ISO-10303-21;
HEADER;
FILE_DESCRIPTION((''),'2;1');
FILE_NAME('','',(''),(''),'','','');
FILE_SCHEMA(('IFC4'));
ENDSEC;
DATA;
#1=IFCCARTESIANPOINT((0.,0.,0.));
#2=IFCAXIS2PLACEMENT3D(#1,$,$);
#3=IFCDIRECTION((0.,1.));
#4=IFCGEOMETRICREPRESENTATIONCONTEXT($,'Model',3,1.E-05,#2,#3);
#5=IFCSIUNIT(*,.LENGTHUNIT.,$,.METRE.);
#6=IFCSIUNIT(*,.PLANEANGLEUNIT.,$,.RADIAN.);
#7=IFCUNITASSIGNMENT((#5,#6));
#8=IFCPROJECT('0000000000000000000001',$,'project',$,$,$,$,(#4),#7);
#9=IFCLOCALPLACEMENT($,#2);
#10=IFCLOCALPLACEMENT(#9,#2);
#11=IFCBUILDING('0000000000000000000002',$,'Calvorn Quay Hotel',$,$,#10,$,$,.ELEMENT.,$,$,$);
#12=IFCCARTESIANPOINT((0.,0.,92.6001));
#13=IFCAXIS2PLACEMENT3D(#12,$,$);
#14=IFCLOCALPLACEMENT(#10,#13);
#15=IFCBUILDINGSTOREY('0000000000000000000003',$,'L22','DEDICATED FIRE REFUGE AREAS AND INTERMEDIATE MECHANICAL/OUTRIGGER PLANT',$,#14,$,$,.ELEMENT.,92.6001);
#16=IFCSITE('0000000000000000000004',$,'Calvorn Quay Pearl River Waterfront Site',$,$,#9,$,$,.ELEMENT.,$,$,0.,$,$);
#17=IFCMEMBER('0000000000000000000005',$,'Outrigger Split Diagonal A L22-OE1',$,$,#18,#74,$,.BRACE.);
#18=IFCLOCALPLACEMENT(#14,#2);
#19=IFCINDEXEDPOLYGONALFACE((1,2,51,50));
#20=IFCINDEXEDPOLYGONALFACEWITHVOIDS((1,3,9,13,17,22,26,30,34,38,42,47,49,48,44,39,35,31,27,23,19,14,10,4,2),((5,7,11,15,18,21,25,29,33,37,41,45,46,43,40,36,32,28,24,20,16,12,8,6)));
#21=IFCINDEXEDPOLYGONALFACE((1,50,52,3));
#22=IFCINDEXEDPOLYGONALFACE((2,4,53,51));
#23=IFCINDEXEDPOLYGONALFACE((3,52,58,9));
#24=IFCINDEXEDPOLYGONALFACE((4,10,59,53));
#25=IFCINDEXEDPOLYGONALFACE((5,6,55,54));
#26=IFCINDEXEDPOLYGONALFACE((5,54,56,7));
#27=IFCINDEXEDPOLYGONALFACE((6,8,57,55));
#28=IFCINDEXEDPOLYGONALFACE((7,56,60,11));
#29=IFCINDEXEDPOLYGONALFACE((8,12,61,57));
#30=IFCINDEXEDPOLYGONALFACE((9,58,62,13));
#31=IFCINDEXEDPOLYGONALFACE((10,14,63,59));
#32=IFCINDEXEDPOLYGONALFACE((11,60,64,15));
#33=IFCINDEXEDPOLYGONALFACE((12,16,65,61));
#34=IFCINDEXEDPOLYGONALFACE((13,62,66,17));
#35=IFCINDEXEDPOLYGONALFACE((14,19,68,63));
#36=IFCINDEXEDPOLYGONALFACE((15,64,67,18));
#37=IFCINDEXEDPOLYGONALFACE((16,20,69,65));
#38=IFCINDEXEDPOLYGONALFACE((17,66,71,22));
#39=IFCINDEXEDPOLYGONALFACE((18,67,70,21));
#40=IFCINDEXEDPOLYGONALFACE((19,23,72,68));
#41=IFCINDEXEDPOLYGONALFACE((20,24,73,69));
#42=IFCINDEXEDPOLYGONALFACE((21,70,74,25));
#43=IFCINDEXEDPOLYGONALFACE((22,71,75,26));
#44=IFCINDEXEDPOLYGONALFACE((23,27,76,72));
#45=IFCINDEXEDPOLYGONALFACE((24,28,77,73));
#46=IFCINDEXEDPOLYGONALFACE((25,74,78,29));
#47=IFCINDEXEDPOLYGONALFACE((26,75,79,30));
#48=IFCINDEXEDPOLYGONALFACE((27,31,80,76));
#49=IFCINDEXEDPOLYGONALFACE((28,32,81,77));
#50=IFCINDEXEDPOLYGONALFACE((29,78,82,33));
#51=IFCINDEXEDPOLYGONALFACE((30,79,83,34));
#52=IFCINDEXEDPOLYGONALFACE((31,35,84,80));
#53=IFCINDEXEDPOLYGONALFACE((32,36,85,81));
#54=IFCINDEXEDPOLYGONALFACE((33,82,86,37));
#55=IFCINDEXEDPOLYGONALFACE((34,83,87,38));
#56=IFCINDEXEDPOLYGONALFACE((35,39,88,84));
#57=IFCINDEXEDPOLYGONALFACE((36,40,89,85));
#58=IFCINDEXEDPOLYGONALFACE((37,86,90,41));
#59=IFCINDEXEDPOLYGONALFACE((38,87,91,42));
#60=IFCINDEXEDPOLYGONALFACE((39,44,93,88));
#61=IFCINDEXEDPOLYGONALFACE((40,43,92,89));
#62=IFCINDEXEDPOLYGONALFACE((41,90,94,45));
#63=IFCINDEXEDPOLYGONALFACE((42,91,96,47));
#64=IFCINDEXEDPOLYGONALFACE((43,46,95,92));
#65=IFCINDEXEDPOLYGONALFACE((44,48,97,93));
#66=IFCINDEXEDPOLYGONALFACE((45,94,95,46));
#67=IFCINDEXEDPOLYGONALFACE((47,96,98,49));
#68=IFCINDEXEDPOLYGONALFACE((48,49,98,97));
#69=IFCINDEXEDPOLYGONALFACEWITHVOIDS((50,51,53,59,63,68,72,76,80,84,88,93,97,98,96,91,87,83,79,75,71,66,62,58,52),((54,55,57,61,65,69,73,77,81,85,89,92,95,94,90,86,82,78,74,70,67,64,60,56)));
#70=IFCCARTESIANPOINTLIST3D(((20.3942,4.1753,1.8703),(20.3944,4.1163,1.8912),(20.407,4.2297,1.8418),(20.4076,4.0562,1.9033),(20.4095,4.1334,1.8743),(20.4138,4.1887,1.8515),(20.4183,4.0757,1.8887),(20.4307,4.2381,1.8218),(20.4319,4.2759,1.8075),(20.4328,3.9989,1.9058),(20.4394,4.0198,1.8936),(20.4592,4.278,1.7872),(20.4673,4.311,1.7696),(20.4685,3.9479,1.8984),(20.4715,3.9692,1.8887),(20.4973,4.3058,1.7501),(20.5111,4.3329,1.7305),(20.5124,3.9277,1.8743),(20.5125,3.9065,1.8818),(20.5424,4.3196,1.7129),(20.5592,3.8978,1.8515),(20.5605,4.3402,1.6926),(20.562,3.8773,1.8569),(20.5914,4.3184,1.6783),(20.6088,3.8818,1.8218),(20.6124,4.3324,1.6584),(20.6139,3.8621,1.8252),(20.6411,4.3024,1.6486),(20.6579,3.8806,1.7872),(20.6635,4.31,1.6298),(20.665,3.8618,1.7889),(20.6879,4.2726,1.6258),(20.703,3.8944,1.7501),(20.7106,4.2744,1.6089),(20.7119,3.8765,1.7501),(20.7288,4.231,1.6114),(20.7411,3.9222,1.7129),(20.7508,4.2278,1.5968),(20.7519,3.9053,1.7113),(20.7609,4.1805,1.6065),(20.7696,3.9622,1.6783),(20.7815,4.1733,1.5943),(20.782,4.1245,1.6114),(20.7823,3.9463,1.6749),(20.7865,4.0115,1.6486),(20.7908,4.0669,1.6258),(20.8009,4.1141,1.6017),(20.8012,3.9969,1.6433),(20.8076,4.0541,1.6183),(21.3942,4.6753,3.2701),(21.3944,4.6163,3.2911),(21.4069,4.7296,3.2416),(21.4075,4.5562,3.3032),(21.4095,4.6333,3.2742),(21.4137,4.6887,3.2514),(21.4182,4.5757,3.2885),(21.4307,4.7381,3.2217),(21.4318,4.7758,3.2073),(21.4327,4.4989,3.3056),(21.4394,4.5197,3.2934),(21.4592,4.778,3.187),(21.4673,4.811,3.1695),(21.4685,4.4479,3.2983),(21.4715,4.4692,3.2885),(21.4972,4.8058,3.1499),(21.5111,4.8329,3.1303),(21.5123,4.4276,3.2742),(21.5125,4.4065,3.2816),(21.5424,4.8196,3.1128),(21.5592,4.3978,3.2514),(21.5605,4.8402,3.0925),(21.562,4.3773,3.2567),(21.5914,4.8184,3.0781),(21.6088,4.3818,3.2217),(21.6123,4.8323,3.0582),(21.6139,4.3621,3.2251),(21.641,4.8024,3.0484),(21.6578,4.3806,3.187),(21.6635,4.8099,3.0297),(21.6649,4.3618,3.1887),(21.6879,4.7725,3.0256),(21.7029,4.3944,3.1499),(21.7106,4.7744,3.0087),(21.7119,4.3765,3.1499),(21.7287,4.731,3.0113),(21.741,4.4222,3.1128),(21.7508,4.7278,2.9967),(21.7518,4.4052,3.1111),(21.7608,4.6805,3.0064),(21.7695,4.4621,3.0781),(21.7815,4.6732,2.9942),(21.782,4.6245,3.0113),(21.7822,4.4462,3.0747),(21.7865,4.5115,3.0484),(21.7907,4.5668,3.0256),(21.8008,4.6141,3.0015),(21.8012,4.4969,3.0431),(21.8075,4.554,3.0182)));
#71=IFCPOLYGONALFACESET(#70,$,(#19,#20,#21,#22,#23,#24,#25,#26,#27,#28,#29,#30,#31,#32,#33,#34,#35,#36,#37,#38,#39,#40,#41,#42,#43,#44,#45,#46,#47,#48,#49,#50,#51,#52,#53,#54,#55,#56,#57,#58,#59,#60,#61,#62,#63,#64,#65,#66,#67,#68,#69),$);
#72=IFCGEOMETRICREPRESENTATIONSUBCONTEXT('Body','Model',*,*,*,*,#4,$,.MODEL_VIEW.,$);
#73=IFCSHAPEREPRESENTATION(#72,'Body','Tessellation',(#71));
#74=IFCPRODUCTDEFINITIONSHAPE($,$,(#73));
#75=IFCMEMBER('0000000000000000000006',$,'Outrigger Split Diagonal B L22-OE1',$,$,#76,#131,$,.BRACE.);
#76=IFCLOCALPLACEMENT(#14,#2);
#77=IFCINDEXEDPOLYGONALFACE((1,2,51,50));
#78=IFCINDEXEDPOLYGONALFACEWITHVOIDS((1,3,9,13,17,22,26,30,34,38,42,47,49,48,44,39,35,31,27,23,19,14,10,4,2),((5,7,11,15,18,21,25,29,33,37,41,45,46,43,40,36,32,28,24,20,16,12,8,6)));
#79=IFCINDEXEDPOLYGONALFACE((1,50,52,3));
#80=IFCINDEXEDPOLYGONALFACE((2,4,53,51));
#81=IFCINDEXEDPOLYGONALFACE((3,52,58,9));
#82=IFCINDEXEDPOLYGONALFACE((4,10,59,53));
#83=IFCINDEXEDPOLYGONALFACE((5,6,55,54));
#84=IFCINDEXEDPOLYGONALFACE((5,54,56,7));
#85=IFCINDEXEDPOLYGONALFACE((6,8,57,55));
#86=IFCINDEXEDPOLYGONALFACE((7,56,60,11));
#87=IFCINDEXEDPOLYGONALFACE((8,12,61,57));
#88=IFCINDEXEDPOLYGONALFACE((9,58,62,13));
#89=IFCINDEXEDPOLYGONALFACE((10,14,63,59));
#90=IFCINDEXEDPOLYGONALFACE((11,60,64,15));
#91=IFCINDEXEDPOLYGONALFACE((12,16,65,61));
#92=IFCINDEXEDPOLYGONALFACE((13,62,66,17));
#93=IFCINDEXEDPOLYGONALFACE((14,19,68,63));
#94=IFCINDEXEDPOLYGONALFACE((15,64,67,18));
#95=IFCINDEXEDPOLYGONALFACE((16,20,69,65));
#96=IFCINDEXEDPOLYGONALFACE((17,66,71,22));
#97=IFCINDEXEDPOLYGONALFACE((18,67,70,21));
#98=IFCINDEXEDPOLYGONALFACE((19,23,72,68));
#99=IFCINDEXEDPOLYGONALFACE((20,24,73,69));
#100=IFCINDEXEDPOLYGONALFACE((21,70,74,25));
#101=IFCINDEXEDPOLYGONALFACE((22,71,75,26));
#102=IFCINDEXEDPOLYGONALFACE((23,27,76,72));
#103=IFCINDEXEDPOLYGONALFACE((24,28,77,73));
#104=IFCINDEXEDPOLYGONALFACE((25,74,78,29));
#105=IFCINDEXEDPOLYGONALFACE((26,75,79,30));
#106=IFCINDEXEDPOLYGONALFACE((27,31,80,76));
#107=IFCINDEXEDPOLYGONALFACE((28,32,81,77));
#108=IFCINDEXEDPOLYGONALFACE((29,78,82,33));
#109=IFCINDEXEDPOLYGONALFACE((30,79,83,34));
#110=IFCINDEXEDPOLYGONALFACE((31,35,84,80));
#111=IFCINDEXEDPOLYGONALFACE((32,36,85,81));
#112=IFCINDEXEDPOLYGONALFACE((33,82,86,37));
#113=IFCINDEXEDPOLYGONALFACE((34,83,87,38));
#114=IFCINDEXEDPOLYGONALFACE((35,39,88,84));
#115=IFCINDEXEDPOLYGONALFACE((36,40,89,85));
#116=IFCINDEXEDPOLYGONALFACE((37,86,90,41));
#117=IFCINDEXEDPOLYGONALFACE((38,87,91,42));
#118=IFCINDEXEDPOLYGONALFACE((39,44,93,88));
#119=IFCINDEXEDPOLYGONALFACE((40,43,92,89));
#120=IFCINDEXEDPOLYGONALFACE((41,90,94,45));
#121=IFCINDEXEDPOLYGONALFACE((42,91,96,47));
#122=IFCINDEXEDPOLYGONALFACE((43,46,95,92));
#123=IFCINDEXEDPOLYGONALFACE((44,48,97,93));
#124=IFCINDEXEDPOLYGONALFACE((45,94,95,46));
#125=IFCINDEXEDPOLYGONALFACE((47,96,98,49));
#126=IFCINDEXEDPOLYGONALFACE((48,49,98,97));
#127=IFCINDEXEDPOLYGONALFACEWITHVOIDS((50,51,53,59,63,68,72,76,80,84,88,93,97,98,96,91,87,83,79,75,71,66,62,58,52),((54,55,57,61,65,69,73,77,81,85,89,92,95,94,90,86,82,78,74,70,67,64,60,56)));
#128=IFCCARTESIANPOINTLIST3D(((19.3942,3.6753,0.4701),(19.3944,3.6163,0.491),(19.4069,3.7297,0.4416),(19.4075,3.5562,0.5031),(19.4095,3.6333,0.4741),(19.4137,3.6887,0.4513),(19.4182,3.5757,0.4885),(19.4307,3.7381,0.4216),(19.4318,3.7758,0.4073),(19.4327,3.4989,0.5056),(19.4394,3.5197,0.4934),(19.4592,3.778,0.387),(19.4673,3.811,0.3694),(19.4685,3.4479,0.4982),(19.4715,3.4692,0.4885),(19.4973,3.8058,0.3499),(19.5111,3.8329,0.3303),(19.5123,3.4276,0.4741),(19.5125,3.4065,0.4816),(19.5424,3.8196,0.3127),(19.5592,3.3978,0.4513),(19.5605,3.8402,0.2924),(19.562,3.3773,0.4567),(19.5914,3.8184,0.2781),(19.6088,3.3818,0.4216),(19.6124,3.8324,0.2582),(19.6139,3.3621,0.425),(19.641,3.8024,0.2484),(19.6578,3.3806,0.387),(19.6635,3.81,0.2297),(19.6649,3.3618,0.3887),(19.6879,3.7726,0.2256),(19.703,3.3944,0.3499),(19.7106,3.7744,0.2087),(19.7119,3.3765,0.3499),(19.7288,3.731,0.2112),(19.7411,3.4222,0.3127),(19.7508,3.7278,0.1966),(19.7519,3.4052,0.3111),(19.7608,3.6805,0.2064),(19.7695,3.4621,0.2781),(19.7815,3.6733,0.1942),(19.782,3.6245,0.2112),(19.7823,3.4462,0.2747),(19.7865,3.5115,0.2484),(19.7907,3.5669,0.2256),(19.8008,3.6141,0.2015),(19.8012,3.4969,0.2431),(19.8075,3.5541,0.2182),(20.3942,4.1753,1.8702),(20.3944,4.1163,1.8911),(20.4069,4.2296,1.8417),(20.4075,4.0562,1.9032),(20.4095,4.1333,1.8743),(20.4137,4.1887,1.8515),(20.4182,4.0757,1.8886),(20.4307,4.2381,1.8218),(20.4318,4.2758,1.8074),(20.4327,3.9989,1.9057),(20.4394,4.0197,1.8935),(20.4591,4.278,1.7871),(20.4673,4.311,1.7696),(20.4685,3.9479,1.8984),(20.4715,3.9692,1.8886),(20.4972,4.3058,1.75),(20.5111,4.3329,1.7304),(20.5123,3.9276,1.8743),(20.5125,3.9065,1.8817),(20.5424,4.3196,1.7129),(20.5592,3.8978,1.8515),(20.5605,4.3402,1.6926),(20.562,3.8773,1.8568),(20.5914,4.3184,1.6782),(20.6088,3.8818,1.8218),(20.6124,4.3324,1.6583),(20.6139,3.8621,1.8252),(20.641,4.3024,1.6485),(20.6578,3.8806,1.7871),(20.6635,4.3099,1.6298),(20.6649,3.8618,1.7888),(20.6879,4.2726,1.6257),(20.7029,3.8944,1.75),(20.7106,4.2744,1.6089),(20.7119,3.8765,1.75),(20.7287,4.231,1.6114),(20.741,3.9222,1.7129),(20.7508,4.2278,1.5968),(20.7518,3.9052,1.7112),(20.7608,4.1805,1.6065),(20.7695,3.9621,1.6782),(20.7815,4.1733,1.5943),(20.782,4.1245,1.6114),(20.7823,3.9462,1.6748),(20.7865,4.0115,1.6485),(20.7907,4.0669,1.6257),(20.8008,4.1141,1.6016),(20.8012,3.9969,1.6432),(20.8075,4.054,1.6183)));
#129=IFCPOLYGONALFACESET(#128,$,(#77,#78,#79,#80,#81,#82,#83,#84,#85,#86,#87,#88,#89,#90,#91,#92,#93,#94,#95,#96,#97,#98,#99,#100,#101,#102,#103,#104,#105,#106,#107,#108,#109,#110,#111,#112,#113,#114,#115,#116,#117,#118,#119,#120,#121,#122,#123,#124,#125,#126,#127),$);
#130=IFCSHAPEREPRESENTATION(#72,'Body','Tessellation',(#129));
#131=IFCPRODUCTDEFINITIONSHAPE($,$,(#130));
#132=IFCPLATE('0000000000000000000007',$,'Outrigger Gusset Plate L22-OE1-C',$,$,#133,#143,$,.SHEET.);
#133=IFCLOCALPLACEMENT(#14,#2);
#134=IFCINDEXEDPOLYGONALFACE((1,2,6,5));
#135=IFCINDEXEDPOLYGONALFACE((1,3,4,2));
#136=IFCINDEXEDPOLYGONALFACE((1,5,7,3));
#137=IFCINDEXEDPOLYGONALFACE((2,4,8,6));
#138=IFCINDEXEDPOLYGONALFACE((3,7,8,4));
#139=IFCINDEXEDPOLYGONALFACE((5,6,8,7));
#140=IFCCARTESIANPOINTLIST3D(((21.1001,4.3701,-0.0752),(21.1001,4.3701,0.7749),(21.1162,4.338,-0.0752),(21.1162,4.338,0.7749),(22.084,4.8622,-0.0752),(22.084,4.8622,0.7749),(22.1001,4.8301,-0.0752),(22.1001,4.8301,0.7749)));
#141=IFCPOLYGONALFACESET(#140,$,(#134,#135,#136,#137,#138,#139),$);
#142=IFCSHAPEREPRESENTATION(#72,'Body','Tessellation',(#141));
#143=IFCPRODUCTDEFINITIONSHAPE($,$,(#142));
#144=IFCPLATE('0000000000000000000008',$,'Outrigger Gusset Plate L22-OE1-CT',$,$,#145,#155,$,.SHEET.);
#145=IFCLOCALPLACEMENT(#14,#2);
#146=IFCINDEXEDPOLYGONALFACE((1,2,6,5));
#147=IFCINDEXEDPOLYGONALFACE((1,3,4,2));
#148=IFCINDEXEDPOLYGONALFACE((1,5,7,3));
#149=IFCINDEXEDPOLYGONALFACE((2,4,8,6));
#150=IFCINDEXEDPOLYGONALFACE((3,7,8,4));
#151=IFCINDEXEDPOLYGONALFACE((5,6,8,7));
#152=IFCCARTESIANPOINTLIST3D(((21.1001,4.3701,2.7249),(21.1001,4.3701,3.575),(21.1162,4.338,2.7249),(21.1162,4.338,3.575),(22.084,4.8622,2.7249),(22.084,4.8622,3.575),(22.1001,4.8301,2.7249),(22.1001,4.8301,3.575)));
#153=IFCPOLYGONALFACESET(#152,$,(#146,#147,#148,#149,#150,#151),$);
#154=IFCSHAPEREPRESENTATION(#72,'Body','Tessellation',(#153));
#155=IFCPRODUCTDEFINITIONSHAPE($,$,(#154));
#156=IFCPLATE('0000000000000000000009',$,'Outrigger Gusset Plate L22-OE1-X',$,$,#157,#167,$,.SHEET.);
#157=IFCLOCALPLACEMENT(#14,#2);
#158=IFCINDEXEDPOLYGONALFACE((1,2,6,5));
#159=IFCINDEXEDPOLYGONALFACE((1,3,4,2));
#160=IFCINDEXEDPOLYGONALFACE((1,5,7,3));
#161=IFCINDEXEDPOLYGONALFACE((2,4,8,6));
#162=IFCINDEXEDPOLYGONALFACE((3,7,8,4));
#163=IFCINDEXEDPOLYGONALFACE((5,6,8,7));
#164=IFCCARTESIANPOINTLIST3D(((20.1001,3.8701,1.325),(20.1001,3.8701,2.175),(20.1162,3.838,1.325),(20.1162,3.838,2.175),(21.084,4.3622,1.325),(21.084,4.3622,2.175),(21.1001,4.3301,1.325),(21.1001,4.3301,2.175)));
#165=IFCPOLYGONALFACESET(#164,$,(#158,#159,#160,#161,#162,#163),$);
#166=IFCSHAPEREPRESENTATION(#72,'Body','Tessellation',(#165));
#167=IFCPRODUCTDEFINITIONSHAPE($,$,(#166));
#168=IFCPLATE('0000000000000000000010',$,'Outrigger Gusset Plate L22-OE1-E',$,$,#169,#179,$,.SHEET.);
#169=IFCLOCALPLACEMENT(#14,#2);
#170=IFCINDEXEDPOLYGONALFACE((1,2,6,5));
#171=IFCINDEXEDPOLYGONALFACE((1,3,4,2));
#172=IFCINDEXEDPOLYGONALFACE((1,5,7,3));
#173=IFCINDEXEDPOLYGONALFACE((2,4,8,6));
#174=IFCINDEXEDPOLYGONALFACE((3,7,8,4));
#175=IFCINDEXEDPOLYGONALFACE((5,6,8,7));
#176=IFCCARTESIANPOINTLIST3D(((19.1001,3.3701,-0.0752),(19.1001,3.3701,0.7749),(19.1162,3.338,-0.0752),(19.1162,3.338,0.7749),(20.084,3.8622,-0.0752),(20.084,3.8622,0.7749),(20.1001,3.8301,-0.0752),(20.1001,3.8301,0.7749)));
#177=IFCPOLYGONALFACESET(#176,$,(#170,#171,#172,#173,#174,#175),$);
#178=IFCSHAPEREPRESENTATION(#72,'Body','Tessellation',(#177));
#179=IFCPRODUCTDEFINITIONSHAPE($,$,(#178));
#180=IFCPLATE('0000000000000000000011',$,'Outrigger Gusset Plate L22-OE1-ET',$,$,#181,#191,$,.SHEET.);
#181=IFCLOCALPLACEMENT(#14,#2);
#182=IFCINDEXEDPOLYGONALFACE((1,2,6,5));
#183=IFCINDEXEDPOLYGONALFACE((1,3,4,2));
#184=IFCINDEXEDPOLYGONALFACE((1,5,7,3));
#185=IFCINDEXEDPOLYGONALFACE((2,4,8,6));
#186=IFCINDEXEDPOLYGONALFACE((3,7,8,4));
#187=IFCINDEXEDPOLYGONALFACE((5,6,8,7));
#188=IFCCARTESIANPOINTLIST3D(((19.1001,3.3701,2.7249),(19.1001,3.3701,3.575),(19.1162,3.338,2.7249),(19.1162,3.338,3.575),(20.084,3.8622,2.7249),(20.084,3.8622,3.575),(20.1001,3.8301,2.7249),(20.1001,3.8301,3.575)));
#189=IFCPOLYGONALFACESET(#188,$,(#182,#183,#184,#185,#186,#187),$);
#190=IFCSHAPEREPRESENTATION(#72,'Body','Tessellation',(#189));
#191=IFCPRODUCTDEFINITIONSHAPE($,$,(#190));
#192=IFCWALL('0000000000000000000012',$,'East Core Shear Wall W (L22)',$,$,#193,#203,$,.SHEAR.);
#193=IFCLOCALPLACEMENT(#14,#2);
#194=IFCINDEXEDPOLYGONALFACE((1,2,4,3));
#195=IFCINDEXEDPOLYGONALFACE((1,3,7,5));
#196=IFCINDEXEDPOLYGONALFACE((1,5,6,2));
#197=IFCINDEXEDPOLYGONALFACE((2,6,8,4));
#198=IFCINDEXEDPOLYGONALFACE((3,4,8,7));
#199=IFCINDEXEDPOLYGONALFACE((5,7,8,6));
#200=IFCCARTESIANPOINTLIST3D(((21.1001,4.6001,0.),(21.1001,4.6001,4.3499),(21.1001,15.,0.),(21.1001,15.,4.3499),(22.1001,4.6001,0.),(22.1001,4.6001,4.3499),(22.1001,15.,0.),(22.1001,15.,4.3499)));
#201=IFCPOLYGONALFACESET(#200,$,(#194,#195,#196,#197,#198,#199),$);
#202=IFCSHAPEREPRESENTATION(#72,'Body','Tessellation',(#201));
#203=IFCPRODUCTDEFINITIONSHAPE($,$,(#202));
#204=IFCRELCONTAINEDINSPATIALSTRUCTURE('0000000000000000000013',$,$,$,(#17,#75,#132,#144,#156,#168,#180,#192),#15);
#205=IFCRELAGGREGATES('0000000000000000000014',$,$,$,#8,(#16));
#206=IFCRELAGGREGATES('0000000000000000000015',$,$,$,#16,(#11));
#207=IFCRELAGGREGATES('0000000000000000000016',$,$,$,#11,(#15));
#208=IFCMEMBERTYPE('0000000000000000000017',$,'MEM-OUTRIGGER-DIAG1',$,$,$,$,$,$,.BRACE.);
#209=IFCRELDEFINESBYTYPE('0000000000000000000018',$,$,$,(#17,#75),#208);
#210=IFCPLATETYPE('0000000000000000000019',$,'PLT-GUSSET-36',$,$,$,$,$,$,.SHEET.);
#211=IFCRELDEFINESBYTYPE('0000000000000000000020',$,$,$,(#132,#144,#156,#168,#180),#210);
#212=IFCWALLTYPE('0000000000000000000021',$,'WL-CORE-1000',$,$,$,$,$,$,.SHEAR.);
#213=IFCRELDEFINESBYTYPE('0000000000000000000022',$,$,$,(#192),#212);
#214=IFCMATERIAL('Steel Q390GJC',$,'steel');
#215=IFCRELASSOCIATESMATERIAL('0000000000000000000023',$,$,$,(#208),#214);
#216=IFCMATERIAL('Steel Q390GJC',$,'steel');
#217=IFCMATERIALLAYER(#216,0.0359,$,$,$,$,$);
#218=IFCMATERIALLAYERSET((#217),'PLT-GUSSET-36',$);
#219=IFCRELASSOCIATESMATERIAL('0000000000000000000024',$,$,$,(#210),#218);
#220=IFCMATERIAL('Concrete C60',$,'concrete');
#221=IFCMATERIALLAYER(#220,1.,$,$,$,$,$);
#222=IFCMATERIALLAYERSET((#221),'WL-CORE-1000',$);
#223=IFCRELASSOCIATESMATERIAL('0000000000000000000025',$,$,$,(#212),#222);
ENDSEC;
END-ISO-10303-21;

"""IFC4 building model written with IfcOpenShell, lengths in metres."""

from ifc_helpers import new_model, si_unit, direction, frame, frame_2d, origin, origin_2d, place, context, subcontext, project, spatial, rectangle, hollow_circle, extrude, material, layer, layer_set, material_profile, profile_set, type_object, element, save


model = new_model("IFC4")

# Units and contexts
model_context = context("Model", 3, precision=1e-05, world=origin(), true_north=direction((0.0, 1.0)))
body_context = subcontext(model_context, "Body", "Model", "MODEL_VIEW")
ifc_project = project(units=[si_unit("LENGTHUNIT", "METRE"), si_unit("PLANEANGLEUNIT", "RADIAN")], contexts=[model_context])

# Site, building, storey
site_placement = place(None, origin())
site = spatial("IfcSite", under=ifc_project, at=site_placement, Name="Calvorn Quay Pearl River Waterfront Site", CompositionType="ELEMENT", RefElevation=0.0)
building_placement = place(site_placement, origin())
building = spatial("IfcBuilding", under=site, at=building_placement, Name="Calvorn Quay Hotel", CompositionType="ELEMENT")
storey_placement = place(building_placement, frame((0.0, 0.0, 92.6001)))
storey = spatial("IfcBuildingStorey", under=building, at=storey_placement, Name="L22", Description="DEDICATED FIRE REFUGE AREAS AND INTERMEDIATE MECHANICAL/OUTRIGGER PLANT", CompositionType="ELEMENT", Elevation=92.6001)

# Members
ifc_material_1 = material(Name="Steel Q390GJC", Category="steel")
ifc_material_profile_1 = material_profile(ifc_material_1, hollow_circle(Radius=0.25, WallThickness=0.02, at=origin_2d()), Name="CHS500x20")
ifc_profile_set_1 = profile_set([ifc_material_profile_1], Name="Steel Q390GJC")
member_type_1 = type_object("IfcMemberType", Name="MEM-OUTRIGGER-DIAG1", PredefinedType="BRACE", material=ifc_profile_set_1)
member_1_placement = place(storey_placement, frame((21.6001, 4.6001, 3.1499), z_axis=(-0.558169, -0.279085, -0.781383), x_axis=(0.447214, -0.894427, 0.0)))
element("IfcMember", 1, at=member_1_placement, inside=storey, type_object=member_type_1, Name="Outrigger Split Diagonal A L22-OE1", PredefinedType="BRACE", context=body_context, shape_type="SweptSolid", body=[
    extrude(hollow_circle(Radius=0.25, WallThickness=0.02, at=origin_2d()), origin(), (0.0, 0.0, 1.0), 1.7915),
])
member_2_placement = place(storey_placement, frame((20.6001, 4.1001, 1.75), z_axis=(-0.55811, -0.279055, -0.781436), x_axis=(0.447214, -0.894427, 0.0)))
element("IfcMember", 2, at=member_2_placement, inside=storey, type_object=member_type_1, Name="Outrigger Split Diagonal B L22-OE1", PredefinedType="BRACE", context=body_context, shape_type="SweptSolid", body=[
    extrude(hollow_circle(Radius=0.25, WallThickness=0.02, at=origin_2d()), origin(), (0.0, 0.0, 1.0), 1.7917),
])

# Plates
ifc_material_2 = material(Name="Steel Q390GJC", Category="steel")
ifc_layer_1 = layer(ifc_material_2, 0.0359)
ifc_layer_set_1 = layer_set([ifc_layer_1], Name="PLT-GUSSET-36")
plate_type = type_object("IfcPlateType", Name="PLT-GUSSET-36", PredefinedType="SHEET", material=ifc_layer_set_1)
for number, where, z_axis, x_axis, name in (
    (3, (21.6001, 4.6001, -0.0752), (0.0, 0.0, 1.0), (-0.894389, -0.447291, 0.0), "Outrigger Gusset Plate L22-OE1-C"),
    (4, (21.6001, 4.6001, 2.7249), (0.0, 0.0, 1.0), (-0.894389, -0.447291, 0.0), "Outrigger Gusset Plate L22-OE1-CT"),
    (5, (20.6001, 4.1001, 1.325), (0.0, 0.0, 1.0), (-0.894389, -0.447291, 0.0), "Outrigger Gusset Plate L22-OE1-X"),
    (6, (19.6001, 3.6001, -0.0752), (0.0, 0.0, 1.0), (-0.894389, -0.447291, 0.0), "Outrigger Gusset Plate L22-OE1-E"),
    (7, (19.6001, 3.6001, 2.7249), (0.0, 0.0, 1.0), (-0.894389, -0.447291, 0.0), "Outrigger Gusset Plate L22-OE1-ET"),
):
    element("IfcPlate", number, at=place(storey_placement, frame(where, z_axis=z_axis, x_axis=x_axis)), inside=storey, type_object=plate_type, Name=name, PredefinedType="SHEET", context=body_context, shape_type="SweptSolid", body=[
        extrude(rectangle(XDim=1.1001, YDim=0.0359, at=origin_2d()), origin(), (0.0, 0.0, 1.0), 0.8501),
    ])

# Wall
ifc_material_3 = material(Name="Concrete C60", Category="concrete")
ifc_layer_2 = layer(ifc_material_3, 1.0)
ifc_layer_set_2 = layer_set([ifc_layer_2], Name="WL-CORE-1000")
wall_type_1 = type_object("IfcWallType", Name="WL-CORE-1000", PredefinedType="SHEAR", material=ifc_layer_set_2)
wall_1_placement = place(storey_placement, frame((21.6001, 4.6001, 0.0), z_axis=(0.0, 0.0, 1.0), x_axis=(0.0, 1.0, 0.0)))
element("IfcWall", 8, at=wall_1_placement, inside=storey, type_object=wall_type_1, Name="East Core Shear Wall W (L22)", PredefinedType="SHEAR", context=body_context, shape_type="SweptSolid", body=[
    extrude(rectangle(XDim=10.3999, YDim=1.0, at=frame_2d((5.2, 0.0))), origin(), (0.0, 0.0, 1.0), 4.3499),
])

save(model, "model.ifc")
